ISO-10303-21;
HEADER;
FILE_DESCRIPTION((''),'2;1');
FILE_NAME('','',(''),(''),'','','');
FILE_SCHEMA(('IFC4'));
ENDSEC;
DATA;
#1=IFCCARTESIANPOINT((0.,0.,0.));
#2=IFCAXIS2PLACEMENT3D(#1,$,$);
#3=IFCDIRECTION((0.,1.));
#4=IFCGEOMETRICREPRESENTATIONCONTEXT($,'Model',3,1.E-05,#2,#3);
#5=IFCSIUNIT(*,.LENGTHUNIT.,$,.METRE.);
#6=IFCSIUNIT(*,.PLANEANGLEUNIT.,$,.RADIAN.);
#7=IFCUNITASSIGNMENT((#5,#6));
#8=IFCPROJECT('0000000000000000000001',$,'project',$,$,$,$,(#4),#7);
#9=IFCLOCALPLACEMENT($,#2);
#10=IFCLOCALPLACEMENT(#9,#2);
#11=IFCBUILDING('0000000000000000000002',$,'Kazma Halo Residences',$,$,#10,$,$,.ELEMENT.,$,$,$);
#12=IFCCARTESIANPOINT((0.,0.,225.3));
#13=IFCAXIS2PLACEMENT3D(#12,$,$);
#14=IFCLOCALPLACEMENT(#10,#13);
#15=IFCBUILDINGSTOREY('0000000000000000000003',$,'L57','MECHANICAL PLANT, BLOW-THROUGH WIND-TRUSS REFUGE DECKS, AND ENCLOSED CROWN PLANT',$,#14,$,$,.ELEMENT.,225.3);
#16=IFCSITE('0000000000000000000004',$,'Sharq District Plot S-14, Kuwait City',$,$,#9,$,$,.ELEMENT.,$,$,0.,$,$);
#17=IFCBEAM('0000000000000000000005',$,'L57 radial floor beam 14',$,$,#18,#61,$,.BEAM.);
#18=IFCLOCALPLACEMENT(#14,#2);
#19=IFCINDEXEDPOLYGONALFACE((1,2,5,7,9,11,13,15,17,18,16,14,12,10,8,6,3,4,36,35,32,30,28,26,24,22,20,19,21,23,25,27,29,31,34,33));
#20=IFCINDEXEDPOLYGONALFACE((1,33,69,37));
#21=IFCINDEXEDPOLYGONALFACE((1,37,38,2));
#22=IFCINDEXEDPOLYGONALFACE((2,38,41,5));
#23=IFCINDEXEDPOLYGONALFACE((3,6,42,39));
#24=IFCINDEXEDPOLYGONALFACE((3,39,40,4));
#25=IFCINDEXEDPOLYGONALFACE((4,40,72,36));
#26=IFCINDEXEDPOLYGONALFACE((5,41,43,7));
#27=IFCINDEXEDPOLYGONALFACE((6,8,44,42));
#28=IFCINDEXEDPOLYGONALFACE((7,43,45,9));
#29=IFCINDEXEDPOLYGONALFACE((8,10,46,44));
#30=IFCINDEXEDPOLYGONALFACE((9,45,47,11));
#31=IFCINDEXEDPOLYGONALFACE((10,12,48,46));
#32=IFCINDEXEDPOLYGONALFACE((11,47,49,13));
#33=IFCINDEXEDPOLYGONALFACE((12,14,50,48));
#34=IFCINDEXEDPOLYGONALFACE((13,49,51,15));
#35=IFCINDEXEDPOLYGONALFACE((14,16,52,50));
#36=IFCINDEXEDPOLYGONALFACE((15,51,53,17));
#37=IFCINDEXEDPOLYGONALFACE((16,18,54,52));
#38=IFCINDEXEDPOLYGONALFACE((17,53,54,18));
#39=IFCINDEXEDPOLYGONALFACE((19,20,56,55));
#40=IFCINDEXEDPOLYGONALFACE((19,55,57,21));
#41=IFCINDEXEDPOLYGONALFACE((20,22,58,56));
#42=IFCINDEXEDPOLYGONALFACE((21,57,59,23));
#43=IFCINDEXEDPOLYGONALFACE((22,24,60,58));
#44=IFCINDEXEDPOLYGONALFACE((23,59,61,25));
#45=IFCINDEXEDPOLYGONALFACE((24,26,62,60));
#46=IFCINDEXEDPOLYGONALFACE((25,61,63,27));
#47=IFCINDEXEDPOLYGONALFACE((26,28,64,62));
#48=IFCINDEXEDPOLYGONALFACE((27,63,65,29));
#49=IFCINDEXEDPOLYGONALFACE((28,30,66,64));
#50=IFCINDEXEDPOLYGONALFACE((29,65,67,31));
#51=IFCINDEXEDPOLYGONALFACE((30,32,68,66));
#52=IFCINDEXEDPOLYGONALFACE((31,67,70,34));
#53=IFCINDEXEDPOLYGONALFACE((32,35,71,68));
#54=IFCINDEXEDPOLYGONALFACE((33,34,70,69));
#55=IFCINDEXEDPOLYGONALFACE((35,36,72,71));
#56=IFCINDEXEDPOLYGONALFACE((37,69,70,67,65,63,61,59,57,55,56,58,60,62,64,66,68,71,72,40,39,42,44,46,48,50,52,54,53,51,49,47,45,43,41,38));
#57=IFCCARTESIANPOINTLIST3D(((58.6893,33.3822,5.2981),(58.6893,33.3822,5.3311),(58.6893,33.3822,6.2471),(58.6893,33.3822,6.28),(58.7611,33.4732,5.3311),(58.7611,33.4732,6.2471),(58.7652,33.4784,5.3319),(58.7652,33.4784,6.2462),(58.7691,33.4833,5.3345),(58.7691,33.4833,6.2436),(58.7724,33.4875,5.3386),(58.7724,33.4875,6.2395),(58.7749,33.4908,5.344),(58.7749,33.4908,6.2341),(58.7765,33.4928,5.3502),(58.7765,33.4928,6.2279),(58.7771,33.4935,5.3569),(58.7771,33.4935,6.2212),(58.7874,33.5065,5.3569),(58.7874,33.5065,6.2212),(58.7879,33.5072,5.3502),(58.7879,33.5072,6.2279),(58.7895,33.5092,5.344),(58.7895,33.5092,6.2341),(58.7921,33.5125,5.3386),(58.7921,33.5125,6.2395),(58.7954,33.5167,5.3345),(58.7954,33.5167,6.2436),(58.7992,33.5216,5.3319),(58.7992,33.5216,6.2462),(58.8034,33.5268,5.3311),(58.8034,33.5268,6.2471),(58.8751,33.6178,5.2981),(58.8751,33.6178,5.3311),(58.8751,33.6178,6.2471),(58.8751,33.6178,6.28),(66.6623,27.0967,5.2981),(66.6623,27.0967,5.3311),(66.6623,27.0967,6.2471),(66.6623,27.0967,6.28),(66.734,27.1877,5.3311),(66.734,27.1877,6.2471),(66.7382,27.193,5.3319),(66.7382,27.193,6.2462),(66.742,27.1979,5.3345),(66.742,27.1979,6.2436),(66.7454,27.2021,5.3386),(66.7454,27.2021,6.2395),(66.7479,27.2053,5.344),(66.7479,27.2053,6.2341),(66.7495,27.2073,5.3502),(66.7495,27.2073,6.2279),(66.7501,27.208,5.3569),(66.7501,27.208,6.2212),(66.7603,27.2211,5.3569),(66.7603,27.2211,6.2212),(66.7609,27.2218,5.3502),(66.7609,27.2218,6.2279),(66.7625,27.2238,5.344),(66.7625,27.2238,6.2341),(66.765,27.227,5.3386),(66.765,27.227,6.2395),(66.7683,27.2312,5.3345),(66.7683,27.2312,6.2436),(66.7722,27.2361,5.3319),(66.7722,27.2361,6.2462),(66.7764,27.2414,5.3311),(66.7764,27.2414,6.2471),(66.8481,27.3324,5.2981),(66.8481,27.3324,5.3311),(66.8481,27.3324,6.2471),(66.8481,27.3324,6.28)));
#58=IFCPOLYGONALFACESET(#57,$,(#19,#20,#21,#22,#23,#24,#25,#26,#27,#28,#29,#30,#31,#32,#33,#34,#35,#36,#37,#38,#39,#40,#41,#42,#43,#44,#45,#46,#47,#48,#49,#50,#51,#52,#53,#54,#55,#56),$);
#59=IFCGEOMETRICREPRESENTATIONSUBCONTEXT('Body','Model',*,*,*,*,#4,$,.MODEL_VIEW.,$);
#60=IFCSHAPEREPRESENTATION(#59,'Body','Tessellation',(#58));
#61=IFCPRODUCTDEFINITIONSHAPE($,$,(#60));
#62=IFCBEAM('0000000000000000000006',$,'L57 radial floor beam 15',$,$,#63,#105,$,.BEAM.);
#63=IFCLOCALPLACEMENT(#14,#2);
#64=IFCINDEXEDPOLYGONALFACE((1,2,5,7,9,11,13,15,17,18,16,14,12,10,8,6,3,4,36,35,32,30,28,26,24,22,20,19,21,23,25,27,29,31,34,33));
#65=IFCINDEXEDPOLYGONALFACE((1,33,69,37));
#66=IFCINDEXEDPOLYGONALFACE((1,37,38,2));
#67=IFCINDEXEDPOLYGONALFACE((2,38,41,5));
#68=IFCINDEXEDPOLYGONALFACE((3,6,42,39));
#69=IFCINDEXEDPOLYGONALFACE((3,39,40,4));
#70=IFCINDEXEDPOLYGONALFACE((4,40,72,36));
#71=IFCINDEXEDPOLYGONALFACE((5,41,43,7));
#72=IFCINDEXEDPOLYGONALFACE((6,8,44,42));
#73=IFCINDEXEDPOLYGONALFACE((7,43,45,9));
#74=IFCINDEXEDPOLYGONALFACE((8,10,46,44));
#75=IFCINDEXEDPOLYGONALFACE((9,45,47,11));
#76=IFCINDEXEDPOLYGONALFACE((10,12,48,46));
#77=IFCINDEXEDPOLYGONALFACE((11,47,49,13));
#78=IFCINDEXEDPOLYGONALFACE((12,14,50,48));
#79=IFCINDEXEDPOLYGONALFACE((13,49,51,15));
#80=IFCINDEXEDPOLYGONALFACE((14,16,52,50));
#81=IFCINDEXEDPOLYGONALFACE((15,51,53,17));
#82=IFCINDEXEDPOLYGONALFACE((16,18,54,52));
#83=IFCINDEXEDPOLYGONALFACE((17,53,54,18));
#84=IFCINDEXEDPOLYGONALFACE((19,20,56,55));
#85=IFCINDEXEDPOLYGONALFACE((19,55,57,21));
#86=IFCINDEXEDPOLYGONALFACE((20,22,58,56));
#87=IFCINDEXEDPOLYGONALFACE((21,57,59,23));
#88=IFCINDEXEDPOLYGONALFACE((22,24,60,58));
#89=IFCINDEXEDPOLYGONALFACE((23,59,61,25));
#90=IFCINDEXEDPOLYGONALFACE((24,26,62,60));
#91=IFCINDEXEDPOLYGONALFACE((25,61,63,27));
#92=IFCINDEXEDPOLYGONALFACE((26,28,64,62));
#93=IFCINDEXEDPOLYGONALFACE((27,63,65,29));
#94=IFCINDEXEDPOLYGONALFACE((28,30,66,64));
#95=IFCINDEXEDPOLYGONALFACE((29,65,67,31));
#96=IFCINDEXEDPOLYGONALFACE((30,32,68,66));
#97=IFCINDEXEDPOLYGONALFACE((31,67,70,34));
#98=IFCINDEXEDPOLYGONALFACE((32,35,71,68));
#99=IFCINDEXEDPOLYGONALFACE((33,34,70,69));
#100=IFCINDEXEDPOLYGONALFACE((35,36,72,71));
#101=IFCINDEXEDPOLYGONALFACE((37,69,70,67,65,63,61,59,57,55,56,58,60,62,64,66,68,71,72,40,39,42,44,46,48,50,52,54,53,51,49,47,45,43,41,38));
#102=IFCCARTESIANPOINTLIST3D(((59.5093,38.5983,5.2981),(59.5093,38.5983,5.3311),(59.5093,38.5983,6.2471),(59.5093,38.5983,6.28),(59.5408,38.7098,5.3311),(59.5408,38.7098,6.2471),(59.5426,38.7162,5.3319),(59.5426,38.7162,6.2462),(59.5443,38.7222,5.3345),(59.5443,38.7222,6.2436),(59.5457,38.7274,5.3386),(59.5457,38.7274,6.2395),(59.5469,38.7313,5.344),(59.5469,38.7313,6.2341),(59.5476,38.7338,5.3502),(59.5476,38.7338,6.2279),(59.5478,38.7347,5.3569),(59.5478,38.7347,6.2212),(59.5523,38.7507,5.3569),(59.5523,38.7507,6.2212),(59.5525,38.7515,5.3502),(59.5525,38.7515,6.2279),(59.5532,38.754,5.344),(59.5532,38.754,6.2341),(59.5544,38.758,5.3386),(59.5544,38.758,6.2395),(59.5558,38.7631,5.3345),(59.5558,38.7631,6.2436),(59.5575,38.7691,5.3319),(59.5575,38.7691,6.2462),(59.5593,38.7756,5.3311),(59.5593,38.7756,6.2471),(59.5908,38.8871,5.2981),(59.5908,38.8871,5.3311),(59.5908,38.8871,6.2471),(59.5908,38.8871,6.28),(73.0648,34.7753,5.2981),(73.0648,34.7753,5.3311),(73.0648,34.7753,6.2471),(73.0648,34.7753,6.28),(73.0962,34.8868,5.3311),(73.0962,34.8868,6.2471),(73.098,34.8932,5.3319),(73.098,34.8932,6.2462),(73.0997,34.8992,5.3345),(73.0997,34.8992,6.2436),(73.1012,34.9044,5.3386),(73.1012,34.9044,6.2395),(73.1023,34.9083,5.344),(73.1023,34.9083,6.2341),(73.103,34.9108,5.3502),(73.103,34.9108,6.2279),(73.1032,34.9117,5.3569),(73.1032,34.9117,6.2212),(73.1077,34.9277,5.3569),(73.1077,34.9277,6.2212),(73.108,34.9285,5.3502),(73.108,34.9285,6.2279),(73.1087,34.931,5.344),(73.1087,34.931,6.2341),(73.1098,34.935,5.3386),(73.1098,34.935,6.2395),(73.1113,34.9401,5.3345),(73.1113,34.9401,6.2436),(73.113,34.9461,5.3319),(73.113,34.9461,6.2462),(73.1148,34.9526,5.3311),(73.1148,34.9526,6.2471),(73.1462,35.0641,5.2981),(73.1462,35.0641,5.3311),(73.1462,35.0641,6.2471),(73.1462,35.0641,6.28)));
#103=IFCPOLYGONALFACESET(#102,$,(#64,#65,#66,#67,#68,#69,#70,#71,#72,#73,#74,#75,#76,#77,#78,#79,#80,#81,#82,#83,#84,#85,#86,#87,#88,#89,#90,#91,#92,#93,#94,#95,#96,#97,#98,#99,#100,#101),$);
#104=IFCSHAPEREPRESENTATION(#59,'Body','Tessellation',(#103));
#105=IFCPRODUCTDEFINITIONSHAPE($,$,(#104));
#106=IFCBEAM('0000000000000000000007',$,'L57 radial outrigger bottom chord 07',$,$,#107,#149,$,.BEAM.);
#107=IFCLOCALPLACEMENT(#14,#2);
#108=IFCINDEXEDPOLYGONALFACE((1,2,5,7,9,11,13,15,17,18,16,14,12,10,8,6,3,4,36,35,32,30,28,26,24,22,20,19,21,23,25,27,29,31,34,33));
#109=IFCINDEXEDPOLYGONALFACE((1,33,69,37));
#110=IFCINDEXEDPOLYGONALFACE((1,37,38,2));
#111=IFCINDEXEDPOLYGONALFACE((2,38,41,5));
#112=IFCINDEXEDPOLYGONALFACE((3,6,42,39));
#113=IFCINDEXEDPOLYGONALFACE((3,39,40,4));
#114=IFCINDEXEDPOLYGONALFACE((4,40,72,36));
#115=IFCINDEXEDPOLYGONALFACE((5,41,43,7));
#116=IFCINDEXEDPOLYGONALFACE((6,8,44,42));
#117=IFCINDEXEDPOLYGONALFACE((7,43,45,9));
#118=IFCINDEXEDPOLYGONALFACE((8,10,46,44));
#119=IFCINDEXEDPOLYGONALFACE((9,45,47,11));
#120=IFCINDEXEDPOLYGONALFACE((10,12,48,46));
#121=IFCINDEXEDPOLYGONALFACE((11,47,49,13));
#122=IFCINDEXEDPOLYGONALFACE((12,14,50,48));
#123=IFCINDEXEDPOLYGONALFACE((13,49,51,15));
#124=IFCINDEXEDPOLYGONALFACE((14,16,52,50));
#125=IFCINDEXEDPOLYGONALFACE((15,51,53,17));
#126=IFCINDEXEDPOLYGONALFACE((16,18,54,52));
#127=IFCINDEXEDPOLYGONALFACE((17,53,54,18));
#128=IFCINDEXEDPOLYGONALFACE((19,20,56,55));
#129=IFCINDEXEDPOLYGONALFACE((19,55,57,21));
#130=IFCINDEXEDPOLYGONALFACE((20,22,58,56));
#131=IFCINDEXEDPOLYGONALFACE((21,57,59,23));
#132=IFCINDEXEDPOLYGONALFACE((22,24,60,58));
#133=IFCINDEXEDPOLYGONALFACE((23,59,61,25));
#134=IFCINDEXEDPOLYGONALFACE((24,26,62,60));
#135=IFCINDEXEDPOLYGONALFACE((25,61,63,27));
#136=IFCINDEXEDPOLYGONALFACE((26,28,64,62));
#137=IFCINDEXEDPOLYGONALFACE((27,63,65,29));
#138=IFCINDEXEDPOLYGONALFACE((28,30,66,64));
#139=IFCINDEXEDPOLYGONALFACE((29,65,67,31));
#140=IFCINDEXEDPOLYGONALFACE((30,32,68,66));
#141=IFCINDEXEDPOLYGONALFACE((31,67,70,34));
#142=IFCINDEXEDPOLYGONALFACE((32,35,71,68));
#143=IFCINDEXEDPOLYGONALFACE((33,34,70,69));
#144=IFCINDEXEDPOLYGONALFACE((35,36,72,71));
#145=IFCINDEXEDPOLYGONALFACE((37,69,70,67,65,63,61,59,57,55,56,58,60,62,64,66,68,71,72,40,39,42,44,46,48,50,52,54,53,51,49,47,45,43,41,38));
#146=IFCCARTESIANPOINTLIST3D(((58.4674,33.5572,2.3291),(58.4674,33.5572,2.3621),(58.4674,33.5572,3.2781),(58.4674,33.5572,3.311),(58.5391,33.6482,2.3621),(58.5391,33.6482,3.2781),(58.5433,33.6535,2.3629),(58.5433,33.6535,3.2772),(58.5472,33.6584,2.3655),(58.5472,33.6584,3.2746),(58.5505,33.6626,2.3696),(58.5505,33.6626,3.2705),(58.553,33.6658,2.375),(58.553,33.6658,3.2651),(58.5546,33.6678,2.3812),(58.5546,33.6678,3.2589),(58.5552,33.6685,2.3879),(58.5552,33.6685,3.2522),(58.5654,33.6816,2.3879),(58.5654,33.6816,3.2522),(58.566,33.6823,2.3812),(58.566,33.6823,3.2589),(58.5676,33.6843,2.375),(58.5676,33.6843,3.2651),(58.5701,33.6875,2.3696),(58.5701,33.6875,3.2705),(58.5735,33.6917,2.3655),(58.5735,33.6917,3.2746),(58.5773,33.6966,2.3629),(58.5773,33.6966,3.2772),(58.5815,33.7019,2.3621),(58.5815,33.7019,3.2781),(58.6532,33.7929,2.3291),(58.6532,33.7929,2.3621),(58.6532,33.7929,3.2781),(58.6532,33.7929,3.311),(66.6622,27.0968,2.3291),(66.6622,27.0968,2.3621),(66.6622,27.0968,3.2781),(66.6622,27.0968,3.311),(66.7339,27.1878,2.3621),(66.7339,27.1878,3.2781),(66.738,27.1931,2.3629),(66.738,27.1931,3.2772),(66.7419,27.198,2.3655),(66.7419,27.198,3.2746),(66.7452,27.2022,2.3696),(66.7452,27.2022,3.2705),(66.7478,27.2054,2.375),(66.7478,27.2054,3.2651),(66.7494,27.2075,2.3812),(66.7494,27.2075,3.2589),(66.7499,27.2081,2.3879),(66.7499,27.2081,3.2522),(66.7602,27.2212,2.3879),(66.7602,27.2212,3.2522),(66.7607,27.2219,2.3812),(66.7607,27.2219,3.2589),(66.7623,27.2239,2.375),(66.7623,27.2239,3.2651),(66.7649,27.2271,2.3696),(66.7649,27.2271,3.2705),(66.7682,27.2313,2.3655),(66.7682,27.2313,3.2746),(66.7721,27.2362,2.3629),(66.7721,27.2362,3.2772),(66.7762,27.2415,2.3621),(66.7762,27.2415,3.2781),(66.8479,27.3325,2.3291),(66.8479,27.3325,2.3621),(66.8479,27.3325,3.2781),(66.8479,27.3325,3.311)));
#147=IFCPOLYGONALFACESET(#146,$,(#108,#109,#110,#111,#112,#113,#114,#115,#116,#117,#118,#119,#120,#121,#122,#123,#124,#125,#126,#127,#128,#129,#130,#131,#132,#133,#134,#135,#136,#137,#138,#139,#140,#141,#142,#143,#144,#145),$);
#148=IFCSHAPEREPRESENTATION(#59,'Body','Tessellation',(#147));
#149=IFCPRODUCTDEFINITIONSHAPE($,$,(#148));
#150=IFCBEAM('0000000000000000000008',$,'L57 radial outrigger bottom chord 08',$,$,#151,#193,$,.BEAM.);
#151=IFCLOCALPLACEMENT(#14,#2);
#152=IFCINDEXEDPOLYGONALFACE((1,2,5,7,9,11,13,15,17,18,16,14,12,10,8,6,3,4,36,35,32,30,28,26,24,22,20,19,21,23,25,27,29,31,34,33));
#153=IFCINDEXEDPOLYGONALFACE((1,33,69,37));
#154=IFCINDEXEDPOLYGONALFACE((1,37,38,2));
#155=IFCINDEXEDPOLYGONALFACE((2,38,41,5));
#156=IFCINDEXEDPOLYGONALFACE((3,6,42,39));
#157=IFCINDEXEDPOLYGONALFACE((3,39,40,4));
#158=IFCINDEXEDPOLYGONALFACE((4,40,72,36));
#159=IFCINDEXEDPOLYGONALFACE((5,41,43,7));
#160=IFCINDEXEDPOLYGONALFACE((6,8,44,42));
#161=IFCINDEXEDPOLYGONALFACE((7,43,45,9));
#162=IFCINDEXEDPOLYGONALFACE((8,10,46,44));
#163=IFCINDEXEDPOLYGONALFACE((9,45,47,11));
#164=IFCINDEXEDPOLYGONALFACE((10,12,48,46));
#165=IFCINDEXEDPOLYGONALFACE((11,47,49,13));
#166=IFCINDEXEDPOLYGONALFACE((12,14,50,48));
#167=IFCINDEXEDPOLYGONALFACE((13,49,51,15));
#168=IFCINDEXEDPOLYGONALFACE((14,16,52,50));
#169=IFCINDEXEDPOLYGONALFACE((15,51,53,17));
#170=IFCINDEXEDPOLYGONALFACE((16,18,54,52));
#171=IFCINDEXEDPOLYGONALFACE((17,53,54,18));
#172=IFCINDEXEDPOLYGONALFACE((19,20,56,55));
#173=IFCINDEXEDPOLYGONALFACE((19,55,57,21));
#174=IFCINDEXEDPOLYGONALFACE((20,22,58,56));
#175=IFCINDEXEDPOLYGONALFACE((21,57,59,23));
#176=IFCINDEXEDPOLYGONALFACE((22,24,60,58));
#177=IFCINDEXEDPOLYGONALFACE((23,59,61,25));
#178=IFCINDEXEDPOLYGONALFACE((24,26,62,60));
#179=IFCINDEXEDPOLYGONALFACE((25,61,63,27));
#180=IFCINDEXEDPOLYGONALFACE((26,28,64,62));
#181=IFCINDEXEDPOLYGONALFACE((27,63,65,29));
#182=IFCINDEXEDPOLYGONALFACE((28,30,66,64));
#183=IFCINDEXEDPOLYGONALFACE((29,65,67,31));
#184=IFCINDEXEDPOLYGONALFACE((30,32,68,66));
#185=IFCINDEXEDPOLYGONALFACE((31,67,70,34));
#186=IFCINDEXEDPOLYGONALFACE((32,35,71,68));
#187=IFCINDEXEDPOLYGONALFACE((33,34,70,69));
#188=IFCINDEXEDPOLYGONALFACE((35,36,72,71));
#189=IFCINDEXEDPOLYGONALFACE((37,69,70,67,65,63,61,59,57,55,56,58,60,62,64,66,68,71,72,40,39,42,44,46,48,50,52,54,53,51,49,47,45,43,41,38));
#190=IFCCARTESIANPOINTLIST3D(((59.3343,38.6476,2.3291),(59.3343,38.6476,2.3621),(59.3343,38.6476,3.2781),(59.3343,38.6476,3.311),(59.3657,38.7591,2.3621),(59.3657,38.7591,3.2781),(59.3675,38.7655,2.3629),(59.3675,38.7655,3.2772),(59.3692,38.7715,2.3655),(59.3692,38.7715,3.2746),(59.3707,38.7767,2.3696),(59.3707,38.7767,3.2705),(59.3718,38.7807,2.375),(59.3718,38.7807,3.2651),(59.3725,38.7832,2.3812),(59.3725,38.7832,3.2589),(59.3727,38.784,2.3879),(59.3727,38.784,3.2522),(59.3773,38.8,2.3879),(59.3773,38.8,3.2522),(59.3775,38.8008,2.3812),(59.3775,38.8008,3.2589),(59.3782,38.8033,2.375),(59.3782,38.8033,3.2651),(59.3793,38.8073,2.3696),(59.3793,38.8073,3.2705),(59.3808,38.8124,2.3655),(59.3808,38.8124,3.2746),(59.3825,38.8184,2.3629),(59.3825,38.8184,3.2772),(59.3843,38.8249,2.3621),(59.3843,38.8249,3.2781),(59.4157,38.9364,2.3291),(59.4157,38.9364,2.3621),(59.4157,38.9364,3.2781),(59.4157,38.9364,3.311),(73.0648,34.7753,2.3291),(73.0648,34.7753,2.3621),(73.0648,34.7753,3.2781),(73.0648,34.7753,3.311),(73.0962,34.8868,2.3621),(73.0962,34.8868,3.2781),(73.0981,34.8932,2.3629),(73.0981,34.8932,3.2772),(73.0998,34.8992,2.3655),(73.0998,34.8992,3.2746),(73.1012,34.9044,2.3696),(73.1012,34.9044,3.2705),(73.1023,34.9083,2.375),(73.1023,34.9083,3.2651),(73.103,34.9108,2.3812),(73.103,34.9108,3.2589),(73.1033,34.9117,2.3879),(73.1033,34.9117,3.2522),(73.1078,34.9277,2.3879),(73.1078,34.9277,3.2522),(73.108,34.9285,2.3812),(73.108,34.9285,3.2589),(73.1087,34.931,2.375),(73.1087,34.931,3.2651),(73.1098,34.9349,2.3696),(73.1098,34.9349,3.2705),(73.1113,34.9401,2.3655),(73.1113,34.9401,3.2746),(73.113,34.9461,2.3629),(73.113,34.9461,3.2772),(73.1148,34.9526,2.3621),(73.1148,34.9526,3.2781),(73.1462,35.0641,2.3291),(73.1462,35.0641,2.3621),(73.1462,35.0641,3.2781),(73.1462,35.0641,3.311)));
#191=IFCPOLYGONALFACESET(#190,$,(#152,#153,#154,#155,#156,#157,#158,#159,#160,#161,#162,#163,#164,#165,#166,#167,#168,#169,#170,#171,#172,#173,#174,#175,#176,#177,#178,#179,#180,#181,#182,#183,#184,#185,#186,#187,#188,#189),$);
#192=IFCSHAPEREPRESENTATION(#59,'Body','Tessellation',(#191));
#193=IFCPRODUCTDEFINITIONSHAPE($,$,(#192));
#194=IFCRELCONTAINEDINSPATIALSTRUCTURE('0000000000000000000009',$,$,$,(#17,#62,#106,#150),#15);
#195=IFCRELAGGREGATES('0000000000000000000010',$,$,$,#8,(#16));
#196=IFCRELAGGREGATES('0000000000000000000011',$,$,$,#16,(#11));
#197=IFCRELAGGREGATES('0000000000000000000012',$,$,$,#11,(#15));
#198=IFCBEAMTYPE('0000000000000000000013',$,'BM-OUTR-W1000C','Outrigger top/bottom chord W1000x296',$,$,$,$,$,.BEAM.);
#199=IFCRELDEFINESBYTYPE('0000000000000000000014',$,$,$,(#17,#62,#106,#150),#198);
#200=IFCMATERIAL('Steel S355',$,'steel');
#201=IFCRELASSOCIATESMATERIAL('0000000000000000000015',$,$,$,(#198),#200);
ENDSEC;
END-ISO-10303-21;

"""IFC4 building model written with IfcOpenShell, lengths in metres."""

from ifc_helpers import new_model, si_unit, direction, frame, origin, origin_2d, place, context, subcontext, project, spatial, i_section, extrude, material, material_profile, profile_set, type_object, element, save


model = new_model("IFC4")

# Units and contexts
model_context = context("Model", 3, precision=1e-05, world=origin(), true_north=direction((0.0, 1.0)))
body_context = subcontext(model_context, "Body", "Model", "MODEL_VIEW")
ifc_project = project(units=[si_unit("LENGTHUNIT", "METRE"), si_unit("PLANEANGLEUNIT", "RADIAN")], contexts=[model_context])

# Site, building, storey
site_placement = place(None, origin())
site = spatial("IfcSite", under=ifc_project, at=site_placement, Name="Sharq District Plot S-14, Kuwait City", CompositionType="ELEMENT", RefElevation=0.0)
building_placement = place(site_placement, origin())
building = spatial("IfcBuilding", under=site, at=building_placement, Name="Kazma Halo Residences", CompositionType="ELEMENT")
storey_placement = place(building_placement, frame((0.0, 0.0, 225.3)))
storey = spatial("IfcBuildingStorey", under=building, at=storey_placement, Name="L57", Description="MECHANICAL PLANT, BLOW-THROUGH WIND-TRUSS REFUGE DECKS, AND ENCLOSED CROWN PLANT", CompositionType="ELEMENT", Elevation=225.3)

# Shared definitions
ifc_material_1 = material(Name="Steel S355", Category="steel")

# Beams
ifc_material_profile_1 = material_profile(ifc_material_1, i_section(OverallWidth=0.3, OverallDepth=0.9819, WebThickness=0.0166, FlangeThickness=0.033, FilletRadius=0.0259, at=origin_2d()), Name="W1000x296")
ifc_profile_set_1 = profile_set([ifc_material_profile_1], Name="Steel S355")
beam_type_1 = type_object("IfcBeamType", Name="BM-OUTR-W1000C", Description="Outrigger top/bottom chord W1000x296", PredefinedType="BEAM", material=ifc_profile_set_1)
beam_1_placement = place(storey_placement, frame((58.7822, 33.5, 5.7891), z_axis=(0.785313, -0.619098, 0.0), x_axis=(0.619098, 0.785313, 0.0)))
element("IfcBeam", 1, at=beam_1_placement, inside=storey, type_object=beam_type_1, Name="L57 radial floor beam 14", PredefinedType="BEAM", context=body_context, shape_type="SweptSolid", body=[
    extrude(i_section(OverallWidth=0.3, OverallDepth=0.9819, WebThickness=0.0166, FlangeThickness=0.033, FilletRadius=0.0259, at=origin_2d()), origin(), (0.0, 0.0, 1.0), 10.1526),
])
beam_2_placement = place(storey_placement, frame((59.55, 38.7427, 5.7891), z_axis=(0.962456, -0.271439, 0.0), x_axis=(0.271439, 0.962456, 0.0)))
element("IfcBeam", 2, at=beam_2_placement, inside=storey, type_object=beam_type_1, Name="L57 radial floor beam 15", PredefinedType="BEAM", context=body_context, shape_type="SweptSolid", body=[
    extrude(i_section(OverallWidth=0.3, OverallDepth=0.9819, WebThickness=0.0166, FlangeThickness=0.033, FilletRadius=0.0259, at=origin_2d()), origin(), (0.0, 0.0, 1.0), 14.0842),
])
beam_3_placement = place(storey_placement, frame((58.5603, 33.675, 2.8201), z_axis=(0.785309, -0.619104, 0.0), x_axis=(0.619104, 0.785309, 0.0)))
element("IfcBeam", 3, at=beam_3_placement, inside=storey, type_object=beam_type_1, Name="L57 radial outrigger bottom chord 07", PredefinedType="BEAM", context=body_context, shape_type="SweptSolid", body=[
    extrude(i_section(OverallWidth=0.3, OverallDepth=0.9819, WebThickness=0.0166, FlangeThickness=0.033, FilletRadius=0.0259, at=origin_2d()), origin(), (0.0, 0.0, 1.0), 10.4351),
])
beam_4_placement = place(storey_placement, frame((59.375, 38.792, 2.8201), z_axis=(0.962457, -0.271435, 0.0), x_axis=(0.271435, 0.962457, 0.0)))
element("IfcBeam", 4, at=beam_4_placement, inside=storey, type_object=beam_type_1, Name="L57 radial outrigger bottom chord 08", PredefinedType="BEAM", context=body_context, shape_type="SweptSolid", body=[
    extrude(i_section(OverallWidth=0.3, OverallDepth=0.9819, WebThickness=0.0166, FlangeThickness=0.033, FilletRadius=0.0259, at=origin_2d()), origin(), (0.0, 0.0, 1.0), 14.2661),
])

save(model, "model.ifc")
